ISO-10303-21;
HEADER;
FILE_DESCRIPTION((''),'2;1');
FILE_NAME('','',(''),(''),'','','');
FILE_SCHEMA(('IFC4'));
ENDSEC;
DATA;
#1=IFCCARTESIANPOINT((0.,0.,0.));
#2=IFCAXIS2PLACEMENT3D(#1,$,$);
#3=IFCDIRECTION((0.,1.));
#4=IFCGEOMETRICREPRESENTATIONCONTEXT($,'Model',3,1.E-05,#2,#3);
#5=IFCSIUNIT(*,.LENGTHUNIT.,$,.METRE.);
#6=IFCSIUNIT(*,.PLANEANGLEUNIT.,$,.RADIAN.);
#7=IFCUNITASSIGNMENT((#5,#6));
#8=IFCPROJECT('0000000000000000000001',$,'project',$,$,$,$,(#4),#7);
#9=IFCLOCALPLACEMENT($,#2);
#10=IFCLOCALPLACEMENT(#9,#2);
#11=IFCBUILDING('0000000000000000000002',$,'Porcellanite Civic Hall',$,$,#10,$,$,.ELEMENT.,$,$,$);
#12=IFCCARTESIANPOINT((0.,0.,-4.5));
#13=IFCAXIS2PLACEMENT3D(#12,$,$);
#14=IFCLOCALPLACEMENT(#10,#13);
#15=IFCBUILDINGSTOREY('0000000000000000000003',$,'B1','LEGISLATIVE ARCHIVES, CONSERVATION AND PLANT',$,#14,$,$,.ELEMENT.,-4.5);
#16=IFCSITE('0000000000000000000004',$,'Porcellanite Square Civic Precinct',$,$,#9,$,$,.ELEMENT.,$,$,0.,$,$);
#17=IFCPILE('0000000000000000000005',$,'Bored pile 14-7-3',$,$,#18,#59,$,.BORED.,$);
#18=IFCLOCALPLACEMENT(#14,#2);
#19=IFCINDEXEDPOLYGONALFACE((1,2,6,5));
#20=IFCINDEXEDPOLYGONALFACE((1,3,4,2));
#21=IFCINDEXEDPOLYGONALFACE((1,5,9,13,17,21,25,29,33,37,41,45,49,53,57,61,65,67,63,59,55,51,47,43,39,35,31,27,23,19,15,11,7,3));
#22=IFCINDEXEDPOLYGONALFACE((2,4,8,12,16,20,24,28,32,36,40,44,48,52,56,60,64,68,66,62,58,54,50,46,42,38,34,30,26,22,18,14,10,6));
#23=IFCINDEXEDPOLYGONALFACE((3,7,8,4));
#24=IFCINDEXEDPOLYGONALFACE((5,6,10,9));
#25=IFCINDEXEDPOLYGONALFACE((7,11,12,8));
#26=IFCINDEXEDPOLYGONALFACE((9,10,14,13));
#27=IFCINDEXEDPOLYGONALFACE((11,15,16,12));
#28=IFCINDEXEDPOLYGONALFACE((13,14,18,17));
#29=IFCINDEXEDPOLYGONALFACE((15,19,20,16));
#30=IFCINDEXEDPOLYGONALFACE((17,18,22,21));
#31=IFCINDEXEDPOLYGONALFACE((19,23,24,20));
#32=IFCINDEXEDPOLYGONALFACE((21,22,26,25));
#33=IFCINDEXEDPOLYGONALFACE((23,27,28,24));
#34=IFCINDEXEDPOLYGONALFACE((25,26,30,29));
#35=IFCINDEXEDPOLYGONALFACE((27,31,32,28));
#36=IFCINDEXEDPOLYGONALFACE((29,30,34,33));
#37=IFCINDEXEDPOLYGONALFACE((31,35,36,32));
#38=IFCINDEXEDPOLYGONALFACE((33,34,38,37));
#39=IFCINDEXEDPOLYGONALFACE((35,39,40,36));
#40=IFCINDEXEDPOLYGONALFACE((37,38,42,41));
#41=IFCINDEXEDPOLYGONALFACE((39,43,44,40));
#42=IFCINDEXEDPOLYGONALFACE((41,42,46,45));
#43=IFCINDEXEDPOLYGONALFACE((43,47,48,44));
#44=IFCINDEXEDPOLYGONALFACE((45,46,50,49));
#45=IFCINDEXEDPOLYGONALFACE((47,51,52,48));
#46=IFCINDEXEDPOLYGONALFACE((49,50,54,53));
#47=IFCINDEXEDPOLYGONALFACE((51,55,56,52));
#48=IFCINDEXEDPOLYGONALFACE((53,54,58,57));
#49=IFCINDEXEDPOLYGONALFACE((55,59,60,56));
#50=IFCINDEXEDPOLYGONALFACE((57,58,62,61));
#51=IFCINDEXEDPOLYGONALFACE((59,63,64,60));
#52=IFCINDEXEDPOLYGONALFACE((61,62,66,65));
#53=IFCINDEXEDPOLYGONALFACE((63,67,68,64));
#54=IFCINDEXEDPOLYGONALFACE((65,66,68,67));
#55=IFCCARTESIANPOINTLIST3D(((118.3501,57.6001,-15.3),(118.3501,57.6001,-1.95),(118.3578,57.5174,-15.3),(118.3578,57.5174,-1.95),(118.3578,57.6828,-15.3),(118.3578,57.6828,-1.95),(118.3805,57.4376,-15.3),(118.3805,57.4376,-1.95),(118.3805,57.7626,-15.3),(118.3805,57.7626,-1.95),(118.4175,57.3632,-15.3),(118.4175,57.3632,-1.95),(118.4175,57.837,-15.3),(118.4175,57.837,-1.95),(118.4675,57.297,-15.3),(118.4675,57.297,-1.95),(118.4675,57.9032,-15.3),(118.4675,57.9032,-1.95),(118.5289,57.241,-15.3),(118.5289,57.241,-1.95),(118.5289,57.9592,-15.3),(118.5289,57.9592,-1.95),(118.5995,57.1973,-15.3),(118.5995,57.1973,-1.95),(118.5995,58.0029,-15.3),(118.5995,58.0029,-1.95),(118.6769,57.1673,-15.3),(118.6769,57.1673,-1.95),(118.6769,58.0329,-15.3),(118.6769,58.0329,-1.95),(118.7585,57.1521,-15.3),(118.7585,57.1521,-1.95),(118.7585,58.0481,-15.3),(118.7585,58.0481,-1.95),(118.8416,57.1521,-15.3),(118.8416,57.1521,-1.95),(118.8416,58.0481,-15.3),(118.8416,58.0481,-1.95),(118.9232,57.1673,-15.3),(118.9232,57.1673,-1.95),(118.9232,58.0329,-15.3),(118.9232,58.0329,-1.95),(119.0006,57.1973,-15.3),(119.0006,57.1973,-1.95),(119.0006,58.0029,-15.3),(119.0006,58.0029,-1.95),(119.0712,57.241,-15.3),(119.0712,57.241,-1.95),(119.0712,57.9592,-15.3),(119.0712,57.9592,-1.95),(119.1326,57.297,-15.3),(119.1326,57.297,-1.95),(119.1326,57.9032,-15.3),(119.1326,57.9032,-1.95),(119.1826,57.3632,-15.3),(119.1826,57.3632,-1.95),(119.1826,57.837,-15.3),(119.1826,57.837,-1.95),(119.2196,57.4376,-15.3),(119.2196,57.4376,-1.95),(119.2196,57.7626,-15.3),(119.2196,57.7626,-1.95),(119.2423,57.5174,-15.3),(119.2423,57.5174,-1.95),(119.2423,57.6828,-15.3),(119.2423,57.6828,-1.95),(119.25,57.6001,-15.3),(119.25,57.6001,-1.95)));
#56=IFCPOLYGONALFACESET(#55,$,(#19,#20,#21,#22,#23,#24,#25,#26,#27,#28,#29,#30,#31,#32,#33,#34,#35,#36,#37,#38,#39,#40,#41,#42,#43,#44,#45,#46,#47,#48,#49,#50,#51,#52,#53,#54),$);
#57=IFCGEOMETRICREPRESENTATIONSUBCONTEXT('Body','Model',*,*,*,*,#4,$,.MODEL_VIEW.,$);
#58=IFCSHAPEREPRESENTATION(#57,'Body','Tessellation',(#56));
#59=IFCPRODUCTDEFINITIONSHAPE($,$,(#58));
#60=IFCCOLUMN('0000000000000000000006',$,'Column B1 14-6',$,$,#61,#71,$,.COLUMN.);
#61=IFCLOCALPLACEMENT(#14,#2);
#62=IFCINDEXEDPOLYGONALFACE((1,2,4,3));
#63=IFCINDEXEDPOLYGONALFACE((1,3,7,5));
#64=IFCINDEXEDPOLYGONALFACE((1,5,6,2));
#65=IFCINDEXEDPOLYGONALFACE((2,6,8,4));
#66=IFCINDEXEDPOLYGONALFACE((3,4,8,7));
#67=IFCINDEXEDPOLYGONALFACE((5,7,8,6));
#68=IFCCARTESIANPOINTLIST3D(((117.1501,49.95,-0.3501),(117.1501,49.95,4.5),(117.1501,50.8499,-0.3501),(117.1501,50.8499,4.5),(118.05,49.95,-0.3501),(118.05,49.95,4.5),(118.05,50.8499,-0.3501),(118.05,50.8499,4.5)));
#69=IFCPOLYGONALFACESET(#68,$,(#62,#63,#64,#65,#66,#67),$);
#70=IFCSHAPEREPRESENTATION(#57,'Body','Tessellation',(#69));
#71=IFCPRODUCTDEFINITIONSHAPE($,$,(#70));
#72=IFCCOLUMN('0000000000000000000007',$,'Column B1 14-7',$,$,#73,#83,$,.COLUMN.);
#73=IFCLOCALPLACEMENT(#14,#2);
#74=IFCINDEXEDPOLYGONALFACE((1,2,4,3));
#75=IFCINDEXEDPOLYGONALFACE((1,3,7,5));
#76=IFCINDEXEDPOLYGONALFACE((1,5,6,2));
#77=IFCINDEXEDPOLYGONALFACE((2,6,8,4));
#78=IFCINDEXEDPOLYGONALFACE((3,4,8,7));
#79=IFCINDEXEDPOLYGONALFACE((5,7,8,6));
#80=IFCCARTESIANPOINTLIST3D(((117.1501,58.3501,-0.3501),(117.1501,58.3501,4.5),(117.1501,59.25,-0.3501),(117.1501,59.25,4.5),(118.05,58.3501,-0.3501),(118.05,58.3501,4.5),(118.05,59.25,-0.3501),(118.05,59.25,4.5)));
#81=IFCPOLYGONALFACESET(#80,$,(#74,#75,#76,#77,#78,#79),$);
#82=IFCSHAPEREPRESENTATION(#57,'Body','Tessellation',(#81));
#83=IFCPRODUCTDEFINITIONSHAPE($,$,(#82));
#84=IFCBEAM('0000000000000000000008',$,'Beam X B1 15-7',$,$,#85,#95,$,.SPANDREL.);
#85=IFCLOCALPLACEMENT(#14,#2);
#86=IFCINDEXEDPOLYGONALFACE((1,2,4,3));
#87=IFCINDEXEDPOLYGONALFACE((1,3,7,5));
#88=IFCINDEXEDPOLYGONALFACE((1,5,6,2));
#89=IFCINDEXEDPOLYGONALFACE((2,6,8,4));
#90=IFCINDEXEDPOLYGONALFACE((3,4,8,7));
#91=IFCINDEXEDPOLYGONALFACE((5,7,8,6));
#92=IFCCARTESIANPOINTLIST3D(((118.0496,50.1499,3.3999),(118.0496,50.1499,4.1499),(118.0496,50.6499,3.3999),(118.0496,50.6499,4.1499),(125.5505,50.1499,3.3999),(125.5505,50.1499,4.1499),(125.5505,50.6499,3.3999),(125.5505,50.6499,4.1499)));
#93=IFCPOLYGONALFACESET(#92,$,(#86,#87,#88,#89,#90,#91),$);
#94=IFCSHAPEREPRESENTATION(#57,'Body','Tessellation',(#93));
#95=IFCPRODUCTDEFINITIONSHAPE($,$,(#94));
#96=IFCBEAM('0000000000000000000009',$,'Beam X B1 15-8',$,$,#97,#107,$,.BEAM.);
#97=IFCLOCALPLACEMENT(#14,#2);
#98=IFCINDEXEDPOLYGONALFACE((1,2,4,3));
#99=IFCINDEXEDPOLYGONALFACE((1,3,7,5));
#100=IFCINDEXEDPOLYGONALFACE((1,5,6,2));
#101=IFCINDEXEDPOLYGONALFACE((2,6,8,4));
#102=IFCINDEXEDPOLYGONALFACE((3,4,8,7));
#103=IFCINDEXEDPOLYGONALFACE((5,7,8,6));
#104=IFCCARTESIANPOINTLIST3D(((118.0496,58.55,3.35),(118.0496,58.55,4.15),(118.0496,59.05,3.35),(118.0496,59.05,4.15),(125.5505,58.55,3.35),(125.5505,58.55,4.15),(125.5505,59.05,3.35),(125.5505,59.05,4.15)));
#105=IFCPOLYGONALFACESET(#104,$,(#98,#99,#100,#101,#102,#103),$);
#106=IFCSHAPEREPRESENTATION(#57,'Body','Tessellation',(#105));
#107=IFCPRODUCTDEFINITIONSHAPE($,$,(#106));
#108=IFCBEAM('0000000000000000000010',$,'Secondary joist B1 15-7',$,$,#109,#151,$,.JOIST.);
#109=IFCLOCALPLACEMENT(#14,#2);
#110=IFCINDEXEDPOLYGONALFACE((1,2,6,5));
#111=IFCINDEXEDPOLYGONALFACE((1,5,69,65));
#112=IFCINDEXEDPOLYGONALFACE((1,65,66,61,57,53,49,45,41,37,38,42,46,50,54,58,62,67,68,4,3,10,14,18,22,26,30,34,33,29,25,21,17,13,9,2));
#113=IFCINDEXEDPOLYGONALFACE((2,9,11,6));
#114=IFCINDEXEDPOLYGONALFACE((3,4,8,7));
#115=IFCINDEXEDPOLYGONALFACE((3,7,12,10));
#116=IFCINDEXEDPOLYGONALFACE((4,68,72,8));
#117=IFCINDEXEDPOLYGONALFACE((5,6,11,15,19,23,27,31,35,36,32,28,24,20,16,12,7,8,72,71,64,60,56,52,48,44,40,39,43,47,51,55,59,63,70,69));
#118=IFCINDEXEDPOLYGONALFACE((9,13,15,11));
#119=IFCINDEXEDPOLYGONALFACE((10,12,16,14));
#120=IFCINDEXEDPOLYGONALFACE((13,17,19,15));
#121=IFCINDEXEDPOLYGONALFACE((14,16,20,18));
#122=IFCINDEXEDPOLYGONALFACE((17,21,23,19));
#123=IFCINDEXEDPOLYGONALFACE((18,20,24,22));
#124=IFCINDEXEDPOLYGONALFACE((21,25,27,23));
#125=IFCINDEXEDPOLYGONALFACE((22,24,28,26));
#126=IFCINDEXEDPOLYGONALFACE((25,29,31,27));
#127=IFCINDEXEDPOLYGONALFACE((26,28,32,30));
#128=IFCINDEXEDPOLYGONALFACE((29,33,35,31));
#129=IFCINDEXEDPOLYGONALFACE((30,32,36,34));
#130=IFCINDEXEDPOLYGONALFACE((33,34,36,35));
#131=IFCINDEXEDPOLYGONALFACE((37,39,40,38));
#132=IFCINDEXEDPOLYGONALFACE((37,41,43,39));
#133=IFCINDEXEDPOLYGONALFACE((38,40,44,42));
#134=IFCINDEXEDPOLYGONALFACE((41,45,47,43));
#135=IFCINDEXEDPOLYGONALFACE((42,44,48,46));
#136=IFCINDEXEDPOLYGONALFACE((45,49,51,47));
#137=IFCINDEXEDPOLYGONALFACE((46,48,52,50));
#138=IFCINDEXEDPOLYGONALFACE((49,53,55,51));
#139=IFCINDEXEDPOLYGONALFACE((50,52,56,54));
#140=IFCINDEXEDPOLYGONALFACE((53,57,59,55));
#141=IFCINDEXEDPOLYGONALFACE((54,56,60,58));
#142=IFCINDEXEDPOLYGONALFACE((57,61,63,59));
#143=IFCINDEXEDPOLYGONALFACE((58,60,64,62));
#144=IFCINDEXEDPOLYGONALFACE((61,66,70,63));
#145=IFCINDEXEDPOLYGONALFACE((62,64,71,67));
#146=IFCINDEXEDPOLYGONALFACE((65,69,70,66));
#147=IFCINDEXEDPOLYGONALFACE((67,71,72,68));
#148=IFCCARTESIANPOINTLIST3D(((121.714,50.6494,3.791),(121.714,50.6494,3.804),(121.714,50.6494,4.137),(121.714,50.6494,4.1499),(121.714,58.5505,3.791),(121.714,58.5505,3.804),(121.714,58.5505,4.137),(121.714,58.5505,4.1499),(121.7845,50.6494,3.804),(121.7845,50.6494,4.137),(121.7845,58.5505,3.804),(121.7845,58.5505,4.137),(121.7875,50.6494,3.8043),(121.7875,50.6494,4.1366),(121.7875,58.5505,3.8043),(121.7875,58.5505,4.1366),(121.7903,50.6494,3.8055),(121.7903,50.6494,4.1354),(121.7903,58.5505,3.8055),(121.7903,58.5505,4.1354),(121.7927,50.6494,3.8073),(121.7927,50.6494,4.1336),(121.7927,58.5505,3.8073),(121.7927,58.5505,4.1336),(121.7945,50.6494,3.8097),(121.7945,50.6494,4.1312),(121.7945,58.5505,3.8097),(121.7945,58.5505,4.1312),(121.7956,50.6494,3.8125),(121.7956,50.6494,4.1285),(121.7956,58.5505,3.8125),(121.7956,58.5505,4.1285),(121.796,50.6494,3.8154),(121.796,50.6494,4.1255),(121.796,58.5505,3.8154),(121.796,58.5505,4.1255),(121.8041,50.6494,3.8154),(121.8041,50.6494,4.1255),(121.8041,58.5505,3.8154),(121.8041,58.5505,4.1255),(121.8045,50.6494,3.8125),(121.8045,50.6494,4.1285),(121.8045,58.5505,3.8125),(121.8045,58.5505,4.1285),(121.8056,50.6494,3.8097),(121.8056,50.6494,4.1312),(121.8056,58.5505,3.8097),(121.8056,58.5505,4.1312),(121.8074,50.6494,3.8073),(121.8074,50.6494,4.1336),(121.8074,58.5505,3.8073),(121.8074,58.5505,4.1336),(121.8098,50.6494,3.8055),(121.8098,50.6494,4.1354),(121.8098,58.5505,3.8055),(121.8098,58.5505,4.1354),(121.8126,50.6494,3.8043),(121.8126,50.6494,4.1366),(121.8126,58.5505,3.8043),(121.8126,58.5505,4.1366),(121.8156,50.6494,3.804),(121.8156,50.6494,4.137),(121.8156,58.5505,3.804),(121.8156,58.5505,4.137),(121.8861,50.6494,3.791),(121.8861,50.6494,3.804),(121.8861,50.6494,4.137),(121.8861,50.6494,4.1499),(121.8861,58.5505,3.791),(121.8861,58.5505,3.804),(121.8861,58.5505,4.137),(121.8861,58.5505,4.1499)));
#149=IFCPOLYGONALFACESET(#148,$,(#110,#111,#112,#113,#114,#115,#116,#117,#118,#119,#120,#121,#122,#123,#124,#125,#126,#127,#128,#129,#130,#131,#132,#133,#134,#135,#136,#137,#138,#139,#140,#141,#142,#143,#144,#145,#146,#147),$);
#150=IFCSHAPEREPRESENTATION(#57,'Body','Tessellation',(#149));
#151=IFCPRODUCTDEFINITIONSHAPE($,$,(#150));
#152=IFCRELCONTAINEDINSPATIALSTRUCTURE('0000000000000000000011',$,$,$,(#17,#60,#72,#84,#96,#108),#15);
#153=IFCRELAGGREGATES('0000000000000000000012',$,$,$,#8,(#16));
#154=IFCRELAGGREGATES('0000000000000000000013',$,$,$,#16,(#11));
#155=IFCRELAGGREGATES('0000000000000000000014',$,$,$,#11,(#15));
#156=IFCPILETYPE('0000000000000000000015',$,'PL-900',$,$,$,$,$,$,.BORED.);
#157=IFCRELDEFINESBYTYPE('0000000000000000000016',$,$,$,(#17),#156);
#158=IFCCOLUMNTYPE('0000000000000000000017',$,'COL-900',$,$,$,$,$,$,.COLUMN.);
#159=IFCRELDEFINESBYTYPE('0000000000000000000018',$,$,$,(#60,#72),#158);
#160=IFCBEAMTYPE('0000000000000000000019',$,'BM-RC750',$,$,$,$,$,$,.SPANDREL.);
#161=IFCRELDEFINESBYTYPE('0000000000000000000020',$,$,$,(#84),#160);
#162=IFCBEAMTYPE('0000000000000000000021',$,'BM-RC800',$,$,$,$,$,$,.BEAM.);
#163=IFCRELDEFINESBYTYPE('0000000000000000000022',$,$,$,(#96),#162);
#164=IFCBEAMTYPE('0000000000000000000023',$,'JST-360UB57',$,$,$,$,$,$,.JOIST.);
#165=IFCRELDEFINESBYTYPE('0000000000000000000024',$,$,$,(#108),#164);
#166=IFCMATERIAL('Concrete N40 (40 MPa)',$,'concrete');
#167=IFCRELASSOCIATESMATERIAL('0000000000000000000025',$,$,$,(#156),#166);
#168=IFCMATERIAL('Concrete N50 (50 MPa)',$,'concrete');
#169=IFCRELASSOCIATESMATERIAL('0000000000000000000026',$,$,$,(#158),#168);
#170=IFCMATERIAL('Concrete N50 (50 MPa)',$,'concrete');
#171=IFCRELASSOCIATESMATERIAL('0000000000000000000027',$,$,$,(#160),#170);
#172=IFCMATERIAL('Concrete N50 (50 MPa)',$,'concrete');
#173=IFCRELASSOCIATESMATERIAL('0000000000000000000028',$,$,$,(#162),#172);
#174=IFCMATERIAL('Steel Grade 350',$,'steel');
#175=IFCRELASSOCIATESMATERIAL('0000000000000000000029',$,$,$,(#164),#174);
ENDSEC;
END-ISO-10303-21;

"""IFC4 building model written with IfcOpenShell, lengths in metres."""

from ifc_helpers import new_model, si_unit, direction, frame, origin, origin_2d, place, context, subcontext, project, spatial, rectangle, circle, i_section, extrude, material, material_profile, profile_set, type_object, element, save


model = new_model("IFC4")

# Units and contexts
model_context = context("Model", 3, precision=1e-05, world=origin(), true_north=direction((0.0, 1.0)))
body_context = subcontext(model_context, "Body", "Model", "MODEL_VIEW")
ifc_project = project(units=[si_unit("LENGTHUNIT", "METRE"), si_unit("PLANEANGLEUNIT", "RADIAN")], contexts=[model_context])

# Site, building, storey
site_placement = place(None, origin())
site = spatial("IfcSite", under=ifc_project, at=site_placement, Name="Porcellanite Square Civic Precinct", CompositionType="ELEMENT", RefElevation=0.0)
building_placement = place(site_placement, origin())
building = spatial("IfcBuilding", under=site, at=building_placement, Name="Porcellanite Civic Hall", CompositionType="ELEMENT")
storey_placement = place(building_placement, frame((0.0, 0.0, -4.5)))
storey = spatial("IfcBuildingStorey", under=building, at=storey_placement, Name="B1", Description="LEGISLATIVE ARCHIVES, CONSERVATION AND PLANT", CompositionType="ELEMENT", Elevation=-4.5)

# Pile
ifc_material_1 = material(Name="Concrete N40 (40 MPa)", Category="concrete")
ifc_material_profile_1 = material_profile(ifc_material_1, circle(Radius=0.45, at=origin_2d()), Name="PILE-D900")
ifc_profile_set_1 = profile_set([ifc_material_profile_1], Name="Concrete N40 (40 MPa)")
pile_type = type_object("IfcPileType", Name="PL-900", PredefinedType="BORED", material=ifc_profile_set_1)
for number, where, z_axis, x_axis, name in (
    (1, (118.8, 57.6001, -1.95), (0.0, 0.0, -1.0), (1.0, 0.0, 0.0), "Bored pile 14-7-3"),
):
    element("IfcPile", number, at=place(storey_placement, frame(where, z_axis=z_axis, x_axis=x_axis)), inside=storey, type_object=pile_type, Name=name, PredefinedType="BORED", context=body_context, shape_type="SweptSolid", body=[
        extrude(circle(Radius=0.45, at=origin_2d()), origin(), (0.0, 0.0, 1.0), 13.3501),
    ])

# Columns
ifc_material_2 = material(Name="Concrete N50 (50 MPa)", Category="concrete")
ifc_material_profile_2 = material_profile(ifc_material_2, rectangle(XDim=0.8999, YDim=0.8999, at=origin_2d()), Name="RC-900x900")
ifc_profile_set_2 = profile_set([ifc_material_profile_2], Name="Concrete N50 (50 MPa)")
column_type = type_object("IfcColumnType", Name="COL-900", PredefinedType="COLUMN", material=ifc_profile_set_2)
for number, where, z_axis, x_axis, name in (
    (2, (117.6001, 50.3999, -0.3501), (0.0, 0.0, 1.0), (1.0, 0.0, 0.0), "Column B1 14-6"),
    (3, (117.6001, 58.8, -0.3501), (0.0, 0.0, 1.0), (1.0, 0.0, 0.0), "Column B1 14-7"),
):
    element("IfcColumn", number, at=place(storey_placement, frame(where, z_axis=z_axis, x_axis=x_axis)), inside=storey, type_object=column_type, Name=name, PredefinedType="COLUMN", context=body_context, shape_type="SweptSolid", body=[
        extrude(rectangle(XDim=0.8999, YDim=0.8999, at=origin_2d()), origin(), (0.0, 0.0, 1.0), 4.8501),
    ])

# Beams
ifc_material_3 = material(Name="Concrete N50 (50 MPa)", Category="concrete")
ifc_material_profile_3 = material_profile(ifc_material_3, rectangle(XDim=0.5, YDim=0.75, at=origin_2d()), Name="RC-500x750")
ifc_profile_set_3 = profile_set([ifc_material_profile_3], Name="Concrete N50 (50 MPa)")
beam_type_1 = type_object("IfcBeamType", Name="BM-RC750", PredefinedType="SPANDREL", material=ifc_profile_set_3)
beam_1_placement = place(storey_placement, frame((118.0496, 50.3999, 3.7749), z_axis=(1.0, 0.0, 0.0), x_axis=(0.0, 1.0, 0.0)))
element("IfcBeam", 4, at=beam_1_placement, inside=storey, type_object=beam_type_1, Name="Beam X B1 15-7", PredefinedType="SPANDREL", context=body_context, shape_type="SweptSolid", body=[
    extrude(rectangle(XDim=0.5, YDim=0.75, at=origin_2d()), origin(), (0.0, 0.0, 1.0), 7.501),
])
ifc_material_4 = material(Name="Concrete N50 (50 MPa)", Category="concrete")
ifc_material_profile_4 = material_profile(ifc_material_4, rectangle(XDim=0.5, YDim=0.8, at=origin_2d()), Name="RC-500x800")
ifc_profile_set_4 = profile_set([ifc_material_profile_4], Name="Concrete N50 (50 MPa)")
beam_type_2 = type_object("IfcBeamType", Name="BM-RC800", PredefinedType="BEAM", material=ifc_profile_set_4)
beam_2_placement = place(storey_placement, frame((118.0496, 58.8, 3.75), z_axis=(1.0, 0.0, 0.0), x_axis=(0.0, 1.0, 0.0)))
element("IfcBeam", 5, at=beam_2_placement, inside=storey, type_object=beam_type_2, Name="Beam X B1 15-8", PredefinedType="BEAM", context=body_context, shape_type="SweptSolid", body=[
    extrude(rectangle(XDim=0.5, YDim=0.8, at=origin_2d()), origin(), (0.0, 0.0, 1.0), 7.501),
])
ifc_material_5 = material(Name="Steel Grade 350", Category="steel")
ifc_material_profile_5 = material_profile(ifc_material_5, i_section(OverallWidth=0.1721, OverallDepth=0.3589, WebThickness=0.0081, FlangeThickness=0.0129, FilletRadius=0.0115, at=origin_2d()), Name="360UB56.7")
ifc_profile_set_5 = profile_set([ifc_material_profile_5], Name="Steel Grade 350")
beam_type_3 = type_object("IfcBeamType", Name="JST-360UB57", PredefinedType="JOIST", material=ifc_profile_set_5)
beam_3_placement = place(storey_placement, frame((121.8, 50.6494, 3.9705), z_axis=(0.0, 1.0, 0.0), x_axis=(-1.0, 0.0, 0.0)))
element("IfcBeam", 6, at=beam_3_placement, inside=storey, type_object=beam_type_3, Name="Secondary joist B1 15-7", PredefinedType="JOIST", context=body_context, shape_type="SweptSolid", body=[
    extrude(i_section(OverallWidth=0.1721, OverallDepth=0.3589, WebThickness=0.0081, FlangeThickness=0.0129, FilletRadius=0.0115, at=origin_2d()), origin(), (0.0, 0.0, 1.0), 7.9011),
])

save(model, "model.ifc")
